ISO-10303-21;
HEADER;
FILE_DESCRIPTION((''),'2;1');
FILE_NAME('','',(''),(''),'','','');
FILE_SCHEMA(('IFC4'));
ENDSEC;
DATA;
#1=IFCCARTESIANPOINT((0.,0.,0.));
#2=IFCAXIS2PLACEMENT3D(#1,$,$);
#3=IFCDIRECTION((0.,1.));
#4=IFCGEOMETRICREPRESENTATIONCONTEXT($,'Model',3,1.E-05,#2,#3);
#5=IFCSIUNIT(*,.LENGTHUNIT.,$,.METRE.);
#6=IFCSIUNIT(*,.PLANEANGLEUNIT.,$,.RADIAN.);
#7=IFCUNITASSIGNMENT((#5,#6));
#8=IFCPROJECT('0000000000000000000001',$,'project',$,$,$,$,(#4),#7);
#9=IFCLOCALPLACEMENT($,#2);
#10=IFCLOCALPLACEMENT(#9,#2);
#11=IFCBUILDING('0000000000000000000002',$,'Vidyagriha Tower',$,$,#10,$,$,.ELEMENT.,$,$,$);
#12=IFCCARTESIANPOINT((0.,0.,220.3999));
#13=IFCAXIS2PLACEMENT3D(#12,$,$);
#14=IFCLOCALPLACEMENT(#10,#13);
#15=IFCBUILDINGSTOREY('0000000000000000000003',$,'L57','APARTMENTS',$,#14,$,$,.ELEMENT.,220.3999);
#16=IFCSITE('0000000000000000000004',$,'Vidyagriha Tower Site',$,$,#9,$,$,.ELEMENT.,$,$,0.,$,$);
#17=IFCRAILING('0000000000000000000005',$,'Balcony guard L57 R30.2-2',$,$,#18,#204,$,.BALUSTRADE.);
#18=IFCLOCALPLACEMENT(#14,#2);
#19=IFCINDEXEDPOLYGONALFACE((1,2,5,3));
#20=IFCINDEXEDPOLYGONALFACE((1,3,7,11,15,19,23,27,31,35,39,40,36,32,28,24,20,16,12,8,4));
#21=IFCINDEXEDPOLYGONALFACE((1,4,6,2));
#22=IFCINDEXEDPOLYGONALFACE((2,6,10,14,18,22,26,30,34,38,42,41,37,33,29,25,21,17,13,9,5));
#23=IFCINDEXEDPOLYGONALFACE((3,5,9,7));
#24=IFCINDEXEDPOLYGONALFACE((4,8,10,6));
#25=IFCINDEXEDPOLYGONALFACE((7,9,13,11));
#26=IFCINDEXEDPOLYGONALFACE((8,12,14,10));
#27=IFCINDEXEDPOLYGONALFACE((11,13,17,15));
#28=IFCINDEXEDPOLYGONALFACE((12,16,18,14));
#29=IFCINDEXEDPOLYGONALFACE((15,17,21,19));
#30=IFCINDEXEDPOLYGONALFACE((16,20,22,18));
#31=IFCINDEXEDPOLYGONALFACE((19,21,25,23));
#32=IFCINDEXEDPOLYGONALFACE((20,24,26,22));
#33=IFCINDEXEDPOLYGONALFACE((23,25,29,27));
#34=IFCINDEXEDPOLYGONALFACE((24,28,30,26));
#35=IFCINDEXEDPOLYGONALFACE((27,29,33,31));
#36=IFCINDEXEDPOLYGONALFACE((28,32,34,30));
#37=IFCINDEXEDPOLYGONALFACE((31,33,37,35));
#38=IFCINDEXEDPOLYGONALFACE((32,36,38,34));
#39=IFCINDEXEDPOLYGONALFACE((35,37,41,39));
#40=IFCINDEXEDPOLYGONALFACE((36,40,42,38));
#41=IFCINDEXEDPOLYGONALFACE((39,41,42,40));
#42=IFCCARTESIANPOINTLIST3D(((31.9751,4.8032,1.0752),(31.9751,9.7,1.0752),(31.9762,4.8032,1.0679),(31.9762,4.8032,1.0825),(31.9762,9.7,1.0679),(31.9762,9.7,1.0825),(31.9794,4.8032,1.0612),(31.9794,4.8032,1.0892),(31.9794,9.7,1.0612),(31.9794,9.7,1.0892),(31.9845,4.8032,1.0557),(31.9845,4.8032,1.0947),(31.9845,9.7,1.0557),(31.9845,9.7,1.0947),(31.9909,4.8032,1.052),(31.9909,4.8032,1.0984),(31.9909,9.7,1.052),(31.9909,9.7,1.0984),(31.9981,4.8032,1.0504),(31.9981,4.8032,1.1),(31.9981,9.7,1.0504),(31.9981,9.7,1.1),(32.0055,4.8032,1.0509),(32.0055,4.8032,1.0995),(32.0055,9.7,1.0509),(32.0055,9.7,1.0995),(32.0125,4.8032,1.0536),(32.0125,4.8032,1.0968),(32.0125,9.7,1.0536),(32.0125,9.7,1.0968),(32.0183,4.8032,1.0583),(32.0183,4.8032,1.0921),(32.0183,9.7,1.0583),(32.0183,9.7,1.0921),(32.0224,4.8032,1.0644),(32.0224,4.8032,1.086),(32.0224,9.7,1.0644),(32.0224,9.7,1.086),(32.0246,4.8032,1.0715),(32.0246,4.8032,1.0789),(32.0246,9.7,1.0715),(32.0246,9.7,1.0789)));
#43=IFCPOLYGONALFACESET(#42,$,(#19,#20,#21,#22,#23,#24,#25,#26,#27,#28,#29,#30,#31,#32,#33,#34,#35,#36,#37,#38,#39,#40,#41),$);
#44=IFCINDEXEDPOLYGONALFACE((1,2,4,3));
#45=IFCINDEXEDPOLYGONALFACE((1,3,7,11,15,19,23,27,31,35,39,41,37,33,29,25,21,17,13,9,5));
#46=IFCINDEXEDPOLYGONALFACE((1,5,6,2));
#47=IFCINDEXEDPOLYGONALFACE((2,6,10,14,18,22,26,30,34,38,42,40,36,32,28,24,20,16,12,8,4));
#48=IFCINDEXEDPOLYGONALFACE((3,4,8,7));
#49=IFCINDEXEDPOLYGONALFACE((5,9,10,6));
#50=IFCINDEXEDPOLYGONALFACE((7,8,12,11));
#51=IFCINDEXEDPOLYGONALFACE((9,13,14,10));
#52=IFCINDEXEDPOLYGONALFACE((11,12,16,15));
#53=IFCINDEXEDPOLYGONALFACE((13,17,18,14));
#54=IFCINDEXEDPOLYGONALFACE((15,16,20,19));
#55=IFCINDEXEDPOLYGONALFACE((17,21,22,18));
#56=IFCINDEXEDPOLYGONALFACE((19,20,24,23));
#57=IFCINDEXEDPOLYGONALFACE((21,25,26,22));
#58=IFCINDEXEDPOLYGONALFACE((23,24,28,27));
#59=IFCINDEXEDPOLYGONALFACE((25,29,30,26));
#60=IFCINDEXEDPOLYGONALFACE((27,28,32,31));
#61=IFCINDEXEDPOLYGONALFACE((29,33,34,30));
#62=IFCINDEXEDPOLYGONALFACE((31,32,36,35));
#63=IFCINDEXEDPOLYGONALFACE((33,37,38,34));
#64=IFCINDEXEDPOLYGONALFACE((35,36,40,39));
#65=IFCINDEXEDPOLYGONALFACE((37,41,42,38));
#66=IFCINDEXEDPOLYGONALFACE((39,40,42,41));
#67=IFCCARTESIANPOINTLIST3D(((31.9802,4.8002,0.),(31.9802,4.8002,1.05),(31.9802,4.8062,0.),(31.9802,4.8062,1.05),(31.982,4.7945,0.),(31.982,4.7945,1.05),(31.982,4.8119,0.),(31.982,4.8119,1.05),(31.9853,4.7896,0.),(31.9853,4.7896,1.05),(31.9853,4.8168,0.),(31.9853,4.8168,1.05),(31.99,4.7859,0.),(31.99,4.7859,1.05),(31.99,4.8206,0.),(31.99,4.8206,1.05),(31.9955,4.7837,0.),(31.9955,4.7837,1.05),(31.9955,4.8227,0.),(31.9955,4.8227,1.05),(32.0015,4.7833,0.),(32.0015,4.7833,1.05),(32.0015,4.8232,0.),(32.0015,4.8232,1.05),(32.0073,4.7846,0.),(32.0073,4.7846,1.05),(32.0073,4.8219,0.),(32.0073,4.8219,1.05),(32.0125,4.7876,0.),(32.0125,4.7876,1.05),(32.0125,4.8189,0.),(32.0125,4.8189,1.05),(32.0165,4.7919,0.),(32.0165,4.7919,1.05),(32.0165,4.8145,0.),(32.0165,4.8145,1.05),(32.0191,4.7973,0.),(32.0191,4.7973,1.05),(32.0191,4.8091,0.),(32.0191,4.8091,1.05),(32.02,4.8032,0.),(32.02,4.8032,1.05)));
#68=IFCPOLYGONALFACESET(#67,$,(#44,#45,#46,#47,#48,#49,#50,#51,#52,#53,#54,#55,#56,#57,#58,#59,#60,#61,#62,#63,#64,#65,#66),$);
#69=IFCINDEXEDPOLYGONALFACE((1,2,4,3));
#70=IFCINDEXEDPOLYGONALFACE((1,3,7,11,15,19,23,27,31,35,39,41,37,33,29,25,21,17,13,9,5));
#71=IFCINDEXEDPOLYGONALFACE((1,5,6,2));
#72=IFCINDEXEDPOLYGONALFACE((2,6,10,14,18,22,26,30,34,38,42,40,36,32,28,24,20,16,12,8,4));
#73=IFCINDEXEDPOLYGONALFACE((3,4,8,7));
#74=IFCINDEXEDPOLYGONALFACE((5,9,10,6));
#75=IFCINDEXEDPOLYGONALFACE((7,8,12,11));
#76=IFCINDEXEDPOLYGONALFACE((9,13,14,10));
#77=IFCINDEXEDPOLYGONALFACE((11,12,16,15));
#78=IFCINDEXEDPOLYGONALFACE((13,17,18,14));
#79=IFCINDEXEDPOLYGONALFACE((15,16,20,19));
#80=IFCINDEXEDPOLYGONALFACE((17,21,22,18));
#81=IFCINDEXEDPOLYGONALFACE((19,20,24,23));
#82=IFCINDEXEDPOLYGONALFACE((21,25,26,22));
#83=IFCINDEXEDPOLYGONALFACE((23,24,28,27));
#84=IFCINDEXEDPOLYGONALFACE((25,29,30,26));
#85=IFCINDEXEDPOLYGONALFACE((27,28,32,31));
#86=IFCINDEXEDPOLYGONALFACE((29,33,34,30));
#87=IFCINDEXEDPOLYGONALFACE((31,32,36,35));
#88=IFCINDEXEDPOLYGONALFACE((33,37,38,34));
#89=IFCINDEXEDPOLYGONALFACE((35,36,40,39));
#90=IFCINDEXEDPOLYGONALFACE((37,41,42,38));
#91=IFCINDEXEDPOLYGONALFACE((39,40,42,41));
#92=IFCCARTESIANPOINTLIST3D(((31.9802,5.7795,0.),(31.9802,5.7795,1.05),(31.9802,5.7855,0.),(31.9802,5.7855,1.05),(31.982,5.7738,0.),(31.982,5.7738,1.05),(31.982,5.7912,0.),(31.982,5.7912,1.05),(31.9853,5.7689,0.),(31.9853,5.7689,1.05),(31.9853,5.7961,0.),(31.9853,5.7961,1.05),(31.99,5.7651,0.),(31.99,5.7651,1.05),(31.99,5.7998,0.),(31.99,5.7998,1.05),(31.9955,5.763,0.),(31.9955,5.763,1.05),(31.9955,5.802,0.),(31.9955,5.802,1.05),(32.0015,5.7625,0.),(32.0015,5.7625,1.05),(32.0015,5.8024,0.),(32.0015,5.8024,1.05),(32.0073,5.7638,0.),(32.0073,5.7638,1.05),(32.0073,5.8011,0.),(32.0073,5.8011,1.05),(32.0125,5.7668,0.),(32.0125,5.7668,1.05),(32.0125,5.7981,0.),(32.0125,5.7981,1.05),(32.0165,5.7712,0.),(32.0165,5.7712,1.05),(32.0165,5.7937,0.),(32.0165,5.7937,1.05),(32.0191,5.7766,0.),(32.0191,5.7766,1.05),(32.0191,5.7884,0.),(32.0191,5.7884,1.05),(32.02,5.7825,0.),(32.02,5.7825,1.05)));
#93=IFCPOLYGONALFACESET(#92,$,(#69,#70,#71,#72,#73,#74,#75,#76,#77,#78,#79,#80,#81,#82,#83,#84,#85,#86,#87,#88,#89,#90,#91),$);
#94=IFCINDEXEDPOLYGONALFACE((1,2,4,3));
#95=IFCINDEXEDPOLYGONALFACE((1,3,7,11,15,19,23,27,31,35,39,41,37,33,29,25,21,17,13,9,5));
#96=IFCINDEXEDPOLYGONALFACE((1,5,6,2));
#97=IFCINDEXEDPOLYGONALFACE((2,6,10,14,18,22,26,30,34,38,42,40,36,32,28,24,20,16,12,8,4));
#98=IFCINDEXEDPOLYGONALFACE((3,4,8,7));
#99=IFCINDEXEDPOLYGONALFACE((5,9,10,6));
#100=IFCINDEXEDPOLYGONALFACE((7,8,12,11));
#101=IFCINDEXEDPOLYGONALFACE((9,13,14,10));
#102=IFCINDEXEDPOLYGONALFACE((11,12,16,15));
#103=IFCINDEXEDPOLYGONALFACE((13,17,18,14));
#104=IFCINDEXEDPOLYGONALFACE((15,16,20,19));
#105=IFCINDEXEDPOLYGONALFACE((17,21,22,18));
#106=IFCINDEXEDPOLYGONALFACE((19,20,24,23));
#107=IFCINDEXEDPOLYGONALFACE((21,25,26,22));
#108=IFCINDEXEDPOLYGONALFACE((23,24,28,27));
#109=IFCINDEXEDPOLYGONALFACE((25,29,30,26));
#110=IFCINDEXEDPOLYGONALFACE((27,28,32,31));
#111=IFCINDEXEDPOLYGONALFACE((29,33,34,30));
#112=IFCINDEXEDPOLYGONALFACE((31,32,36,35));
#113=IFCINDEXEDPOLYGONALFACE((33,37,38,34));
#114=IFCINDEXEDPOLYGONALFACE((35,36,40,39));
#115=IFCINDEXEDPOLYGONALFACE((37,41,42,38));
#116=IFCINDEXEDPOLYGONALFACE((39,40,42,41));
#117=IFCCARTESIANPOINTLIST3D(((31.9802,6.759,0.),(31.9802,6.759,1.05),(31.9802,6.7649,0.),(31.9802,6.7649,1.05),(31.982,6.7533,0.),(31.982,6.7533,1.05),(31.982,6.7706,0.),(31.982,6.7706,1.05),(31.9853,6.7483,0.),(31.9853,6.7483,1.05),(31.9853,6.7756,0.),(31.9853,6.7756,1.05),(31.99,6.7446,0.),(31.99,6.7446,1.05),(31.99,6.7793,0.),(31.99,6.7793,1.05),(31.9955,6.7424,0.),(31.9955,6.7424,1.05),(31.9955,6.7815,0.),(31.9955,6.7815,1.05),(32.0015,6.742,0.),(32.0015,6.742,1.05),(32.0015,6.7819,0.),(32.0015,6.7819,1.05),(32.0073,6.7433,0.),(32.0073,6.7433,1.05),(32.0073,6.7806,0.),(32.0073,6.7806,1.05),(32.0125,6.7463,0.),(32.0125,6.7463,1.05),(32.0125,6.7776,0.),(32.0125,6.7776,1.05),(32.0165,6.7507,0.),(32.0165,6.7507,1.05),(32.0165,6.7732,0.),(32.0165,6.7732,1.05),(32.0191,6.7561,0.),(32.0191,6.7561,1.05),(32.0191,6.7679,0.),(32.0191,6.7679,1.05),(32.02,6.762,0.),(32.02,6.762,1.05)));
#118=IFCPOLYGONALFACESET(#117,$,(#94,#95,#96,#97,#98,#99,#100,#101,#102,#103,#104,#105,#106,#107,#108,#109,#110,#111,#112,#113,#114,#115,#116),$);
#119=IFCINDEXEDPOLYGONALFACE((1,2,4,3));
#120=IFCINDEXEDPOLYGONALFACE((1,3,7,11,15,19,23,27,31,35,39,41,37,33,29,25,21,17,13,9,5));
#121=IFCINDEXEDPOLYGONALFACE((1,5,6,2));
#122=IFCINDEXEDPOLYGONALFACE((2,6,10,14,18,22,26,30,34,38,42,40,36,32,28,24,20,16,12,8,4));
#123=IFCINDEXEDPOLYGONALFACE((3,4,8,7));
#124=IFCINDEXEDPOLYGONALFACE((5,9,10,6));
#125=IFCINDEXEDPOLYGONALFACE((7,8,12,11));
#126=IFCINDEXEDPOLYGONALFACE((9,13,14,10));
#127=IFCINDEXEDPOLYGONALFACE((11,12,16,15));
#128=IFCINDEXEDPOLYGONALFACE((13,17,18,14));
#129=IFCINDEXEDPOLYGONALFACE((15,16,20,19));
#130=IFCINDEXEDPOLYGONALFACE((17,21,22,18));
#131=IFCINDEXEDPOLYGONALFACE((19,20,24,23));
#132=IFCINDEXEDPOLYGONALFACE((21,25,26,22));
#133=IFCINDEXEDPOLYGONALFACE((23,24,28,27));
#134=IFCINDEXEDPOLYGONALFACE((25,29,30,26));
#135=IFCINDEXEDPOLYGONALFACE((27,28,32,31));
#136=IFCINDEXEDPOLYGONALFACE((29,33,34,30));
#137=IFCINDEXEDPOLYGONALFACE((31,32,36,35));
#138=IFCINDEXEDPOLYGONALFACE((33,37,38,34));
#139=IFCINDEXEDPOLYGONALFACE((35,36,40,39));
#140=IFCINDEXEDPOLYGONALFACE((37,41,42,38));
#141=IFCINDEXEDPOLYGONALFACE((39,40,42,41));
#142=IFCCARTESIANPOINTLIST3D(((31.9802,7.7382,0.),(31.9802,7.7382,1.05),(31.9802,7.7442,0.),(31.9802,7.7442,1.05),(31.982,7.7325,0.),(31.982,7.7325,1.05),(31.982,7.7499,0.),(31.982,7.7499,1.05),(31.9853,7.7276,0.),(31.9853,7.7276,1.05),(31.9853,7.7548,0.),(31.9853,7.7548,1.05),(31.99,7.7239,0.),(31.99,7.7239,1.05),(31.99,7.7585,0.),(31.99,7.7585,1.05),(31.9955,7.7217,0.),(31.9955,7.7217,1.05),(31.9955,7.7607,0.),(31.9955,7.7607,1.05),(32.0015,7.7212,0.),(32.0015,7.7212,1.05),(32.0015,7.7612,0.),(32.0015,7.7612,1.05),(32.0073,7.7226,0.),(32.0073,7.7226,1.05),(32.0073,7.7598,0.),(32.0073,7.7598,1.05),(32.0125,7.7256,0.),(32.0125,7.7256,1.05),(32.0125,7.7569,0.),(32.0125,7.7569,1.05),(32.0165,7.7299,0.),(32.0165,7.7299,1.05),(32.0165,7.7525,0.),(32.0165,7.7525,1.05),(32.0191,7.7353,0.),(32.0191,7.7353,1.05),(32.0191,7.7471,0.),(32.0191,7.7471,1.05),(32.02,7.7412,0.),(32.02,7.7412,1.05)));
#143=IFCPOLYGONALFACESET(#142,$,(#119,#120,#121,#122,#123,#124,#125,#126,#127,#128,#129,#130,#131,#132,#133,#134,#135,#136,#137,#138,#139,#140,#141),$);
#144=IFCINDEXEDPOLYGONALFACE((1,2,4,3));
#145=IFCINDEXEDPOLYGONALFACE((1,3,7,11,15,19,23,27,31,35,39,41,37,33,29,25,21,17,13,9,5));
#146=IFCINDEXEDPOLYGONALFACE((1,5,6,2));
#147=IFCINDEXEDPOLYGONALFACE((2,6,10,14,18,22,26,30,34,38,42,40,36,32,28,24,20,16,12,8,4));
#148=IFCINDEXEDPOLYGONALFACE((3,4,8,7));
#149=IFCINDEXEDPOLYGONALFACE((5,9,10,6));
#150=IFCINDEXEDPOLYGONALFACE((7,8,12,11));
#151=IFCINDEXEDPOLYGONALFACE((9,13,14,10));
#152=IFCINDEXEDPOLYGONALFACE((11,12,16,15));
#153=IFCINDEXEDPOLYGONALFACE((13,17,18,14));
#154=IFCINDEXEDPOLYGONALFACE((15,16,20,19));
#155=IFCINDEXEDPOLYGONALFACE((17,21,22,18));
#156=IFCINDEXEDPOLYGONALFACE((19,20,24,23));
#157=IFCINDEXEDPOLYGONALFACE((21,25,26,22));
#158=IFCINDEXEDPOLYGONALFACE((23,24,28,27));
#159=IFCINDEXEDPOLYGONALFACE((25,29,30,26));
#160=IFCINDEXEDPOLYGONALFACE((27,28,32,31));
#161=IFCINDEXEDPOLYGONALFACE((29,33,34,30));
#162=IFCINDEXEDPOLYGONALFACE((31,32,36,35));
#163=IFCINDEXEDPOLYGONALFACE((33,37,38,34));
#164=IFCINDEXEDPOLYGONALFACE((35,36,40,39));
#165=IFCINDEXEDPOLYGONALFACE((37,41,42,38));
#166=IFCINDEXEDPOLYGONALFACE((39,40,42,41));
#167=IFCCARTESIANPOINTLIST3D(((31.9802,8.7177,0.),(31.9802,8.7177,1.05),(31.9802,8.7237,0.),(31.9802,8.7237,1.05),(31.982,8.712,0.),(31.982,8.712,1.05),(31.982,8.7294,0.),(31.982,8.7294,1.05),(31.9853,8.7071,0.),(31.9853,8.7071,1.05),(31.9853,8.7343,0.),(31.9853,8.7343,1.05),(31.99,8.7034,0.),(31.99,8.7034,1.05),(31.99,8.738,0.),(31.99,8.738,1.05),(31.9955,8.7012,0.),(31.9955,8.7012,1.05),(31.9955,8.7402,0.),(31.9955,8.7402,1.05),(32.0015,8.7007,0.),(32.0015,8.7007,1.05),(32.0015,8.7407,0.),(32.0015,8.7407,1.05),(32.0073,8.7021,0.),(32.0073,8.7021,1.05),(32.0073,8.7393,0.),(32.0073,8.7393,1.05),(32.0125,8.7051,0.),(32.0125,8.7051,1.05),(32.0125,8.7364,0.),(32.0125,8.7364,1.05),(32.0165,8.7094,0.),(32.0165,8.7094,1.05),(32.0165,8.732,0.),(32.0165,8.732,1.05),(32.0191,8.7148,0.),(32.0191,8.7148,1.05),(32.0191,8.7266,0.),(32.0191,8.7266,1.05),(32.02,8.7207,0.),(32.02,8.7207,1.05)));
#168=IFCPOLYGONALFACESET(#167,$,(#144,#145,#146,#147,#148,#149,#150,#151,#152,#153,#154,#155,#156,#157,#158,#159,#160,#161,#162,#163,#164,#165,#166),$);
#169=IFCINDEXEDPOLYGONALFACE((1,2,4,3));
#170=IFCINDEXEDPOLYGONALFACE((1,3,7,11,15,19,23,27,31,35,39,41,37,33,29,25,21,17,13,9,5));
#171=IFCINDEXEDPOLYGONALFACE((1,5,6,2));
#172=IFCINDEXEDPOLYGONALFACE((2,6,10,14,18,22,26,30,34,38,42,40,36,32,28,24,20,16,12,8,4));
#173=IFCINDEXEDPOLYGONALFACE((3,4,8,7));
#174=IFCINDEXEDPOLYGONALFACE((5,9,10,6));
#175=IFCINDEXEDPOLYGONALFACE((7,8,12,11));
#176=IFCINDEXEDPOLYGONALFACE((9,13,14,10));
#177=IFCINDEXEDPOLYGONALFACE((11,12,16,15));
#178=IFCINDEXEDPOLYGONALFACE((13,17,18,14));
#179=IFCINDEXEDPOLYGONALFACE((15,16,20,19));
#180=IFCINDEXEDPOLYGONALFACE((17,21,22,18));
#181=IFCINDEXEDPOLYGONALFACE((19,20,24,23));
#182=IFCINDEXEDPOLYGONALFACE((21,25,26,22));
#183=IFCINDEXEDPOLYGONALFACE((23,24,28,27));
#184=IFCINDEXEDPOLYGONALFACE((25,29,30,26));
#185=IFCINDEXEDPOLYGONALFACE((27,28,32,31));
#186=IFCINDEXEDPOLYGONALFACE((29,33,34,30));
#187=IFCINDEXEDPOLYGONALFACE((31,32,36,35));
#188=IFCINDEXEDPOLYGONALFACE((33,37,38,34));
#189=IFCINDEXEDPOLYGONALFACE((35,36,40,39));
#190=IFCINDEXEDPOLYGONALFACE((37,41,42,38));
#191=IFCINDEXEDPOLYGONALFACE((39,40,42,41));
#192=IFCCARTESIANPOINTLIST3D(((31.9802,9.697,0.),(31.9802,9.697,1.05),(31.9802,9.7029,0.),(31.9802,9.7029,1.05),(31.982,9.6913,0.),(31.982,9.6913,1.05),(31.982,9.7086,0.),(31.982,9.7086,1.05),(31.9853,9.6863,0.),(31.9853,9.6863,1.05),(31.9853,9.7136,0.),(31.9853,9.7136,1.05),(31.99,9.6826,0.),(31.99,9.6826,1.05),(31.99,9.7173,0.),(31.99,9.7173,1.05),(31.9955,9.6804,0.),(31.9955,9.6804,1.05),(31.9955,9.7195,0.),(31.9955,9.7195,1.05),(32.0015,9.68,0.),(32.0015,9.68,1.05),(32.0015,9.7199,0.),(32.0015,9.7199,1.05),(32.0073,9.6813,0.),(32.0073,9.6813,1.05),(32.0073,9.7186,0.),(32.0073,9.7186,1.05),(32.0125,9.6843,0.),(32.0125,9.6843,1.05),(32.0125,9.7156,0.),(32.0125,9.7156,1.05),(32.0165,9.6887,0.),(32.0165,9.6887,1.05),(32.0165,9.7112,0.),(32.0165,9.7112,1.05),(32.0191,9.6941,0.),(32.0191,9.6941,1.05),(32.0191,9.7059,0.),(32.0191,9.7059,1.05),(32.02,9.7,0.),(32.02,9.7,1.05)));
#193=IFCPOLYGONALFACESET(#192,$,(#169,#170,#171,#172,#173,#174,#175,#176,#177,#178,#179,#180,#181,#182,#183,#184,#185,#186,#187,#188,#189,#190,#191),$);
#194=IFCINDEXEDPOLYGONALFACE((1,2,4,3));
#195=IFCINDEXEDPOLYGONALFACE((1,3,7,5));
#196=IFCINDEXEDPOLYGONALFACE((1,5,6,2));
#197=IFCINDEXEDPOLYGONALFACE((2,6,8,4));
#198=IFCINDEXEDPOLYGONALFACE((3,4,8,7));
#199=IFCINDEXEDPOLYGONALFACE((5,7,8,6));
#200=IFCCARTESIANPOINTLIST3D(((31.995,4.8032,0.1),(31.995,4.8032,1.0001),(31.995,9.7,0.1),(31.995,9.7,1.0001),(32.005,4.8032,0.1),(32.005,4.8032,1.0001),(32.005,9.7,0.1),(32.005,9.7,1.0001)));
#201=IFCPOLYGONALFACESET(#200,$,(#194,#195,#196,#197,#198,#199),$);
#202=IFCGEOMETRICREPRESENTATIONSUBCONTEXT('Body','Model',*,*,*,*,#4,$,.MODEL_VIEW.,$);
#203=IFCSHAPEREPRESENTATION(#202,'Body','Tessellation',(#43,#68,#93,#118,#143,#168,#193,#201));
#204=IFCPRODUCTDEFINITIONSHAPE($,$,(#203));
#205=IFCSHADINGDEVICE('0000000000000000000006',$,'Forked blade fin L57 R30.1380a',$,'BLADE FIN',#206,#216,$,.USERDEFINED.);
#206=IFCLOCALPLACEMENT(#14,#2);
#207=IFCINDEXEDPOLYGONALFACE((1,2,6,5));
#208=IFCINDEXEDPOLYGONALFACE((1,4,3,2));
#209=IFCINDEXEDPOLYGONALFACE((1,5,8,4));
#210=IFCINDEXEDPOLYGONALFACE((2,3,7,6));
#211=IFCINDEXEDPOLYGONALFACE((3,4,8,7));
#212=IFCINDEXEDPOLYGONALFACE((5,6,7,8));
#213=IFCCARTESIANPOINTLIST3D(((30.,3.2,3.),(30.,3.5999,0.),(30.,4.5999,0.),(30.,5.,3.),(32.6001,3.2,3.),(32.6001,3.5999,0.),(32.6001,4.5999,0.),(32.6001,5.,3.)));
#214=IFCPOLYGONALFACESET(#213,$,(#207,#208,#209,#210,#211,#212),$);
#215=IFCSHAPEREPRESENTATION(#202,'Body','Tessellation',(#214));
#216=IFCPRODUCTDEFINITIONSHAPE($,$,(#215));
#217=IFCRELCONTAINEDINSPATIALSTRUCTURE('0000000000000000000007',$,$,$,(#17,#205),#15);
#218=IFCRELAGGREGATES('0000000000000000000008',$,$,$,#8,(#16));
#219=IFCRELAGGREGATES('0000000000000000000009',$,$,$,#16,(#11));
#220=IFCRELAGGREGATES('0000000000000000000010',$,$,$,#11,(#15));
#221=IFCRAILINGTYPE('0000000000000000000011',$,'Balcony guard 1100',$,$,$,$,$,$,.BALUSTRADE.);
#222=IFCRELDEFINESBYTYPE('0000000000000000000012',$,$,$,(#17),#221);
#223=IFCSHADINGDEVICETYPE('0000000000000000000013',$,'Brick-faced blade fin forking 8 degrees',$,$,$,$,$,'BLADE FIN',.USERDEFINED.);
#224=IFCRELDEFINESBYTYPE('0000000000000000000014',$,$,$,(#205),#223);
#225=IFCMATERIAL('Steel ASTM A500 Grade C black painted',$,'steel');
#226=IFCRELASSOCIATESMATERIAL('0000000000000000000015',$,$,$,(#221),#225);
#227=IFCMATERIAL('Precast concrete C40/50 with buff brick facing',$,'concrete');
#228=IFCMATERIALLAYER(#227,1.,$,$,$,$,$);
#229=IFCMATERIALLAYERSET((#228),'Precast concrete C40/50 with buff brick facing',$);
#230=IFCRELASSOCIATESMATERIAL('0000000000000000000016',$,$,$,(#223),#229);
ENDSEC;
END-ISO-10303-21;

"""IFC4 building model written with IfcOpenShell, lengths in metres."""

from ifc_helpers import new_model, si_unit, direction, frame, origin, origin_2d, place, context, subcontext, project, spatial, polyline, rectangle, circle, outline, extrude, material, layer, layer_set, type_object, element, save


model = new_model("IFC4")

# Units and contexts
model_context = context("Model", 3, precision=1e-05, world=origin(), true_north=direction((0.0, 1.0)))
body_context = subcontext(model_context, "Body", "Model", "MODEL_VIEW")
ifc_project = project(units=[si_unit("LENGTHUNIT", "METRE"), si_unit("PLANEANGLEUNIT", "RADIAN")], contexts=[model_context])

# Site, building, storey
site_placement = place(None, origin())
site = spatial("IfcSite", under=ifc_project, at=site_placement, Name="Vidyagriha Tower Site", CompositionType="ELEMENT", RefElevation=0.0)
building_placement = place(site_placement, origin())
building = spatial("IfcBuilding", under=site, at=building_placement, Name="Vidyagriha Tower", CompositionType="ELEMENT")
storey_placement = place(building_placement, frame((0.0, 0.0, 220.3999)))
storey = spatial("IfcBuildingStorey", under=building, at=storey_placement, Name="L57", Description="APARTMENTS", CompositionType="ELEMENT", Elevation=220.3999)

# Railing
ifc_material_1 = material(Name="Steel ASTM A500 Grade C black painted", Category="steel")
railing_type_1 = type_object("IfcRailingType", Name="Balcony guard 1100", PredefinedType="BALUSTRADE", material=ifc_material_1)
railing_1_placement = place(storey_placement, frame((32.0, 4.8032, 0.0)))
element("IfcRailing", 1, at=railing_1_placement, inside=storey, type_object=railing_type_1, Name="Balcony guard L57 R30.2-2", PredefinedType="BALUSTRADE", context=body_context, shape_type="SweptSolid", body=[
    extrude(circle(Radius=0.0249, at=origin_2d()), frame((0.0, 0.0, 1.0752), z_axis=(0.0, 1.0, 0.0), x_axis=(-1.0, 0.0, 0.0)), (0.0, 0.0, 1.0), 4.8967),
    extrude(circle(Radius=0.02, at=origin_2d()), origin(), (0.0, 0.0, 1.0), 1.05),
    extrude(circle(Radius=0.02, at=origin_2d()), frame((0.0, 0.9792, 0.0)), (0.0, 0.0, 1.0), 1.05),
    extrude(circle(Radius=0.02, at=origin_2d()), frame((0.0, 1.9587, 0.0)), (0.0, 0.0, 1.0), 1.05),
    extrude(circle(Radius=0.02, at=origin_2d()), frame((0.0, 2.938, 0.0)), (0.0, 0.0, 1.0), 1.05),
    extrude(circle(Radius=0.02, at=origin_2d()), frame((0.0, 3.9175, 0.0)), (0.0, 0.0, 1.0), 1.05),
    extrude(circle(Radius=0.02, at=origin_2d()), frame((0.0, 4.8967, 0.0)), (0.0, 0.0, 1.0), 1.05),
    extrude(rectangle(XDim=0.01, YDim=0.9001, at=origin_2d()), frame((0.0, 0.0, 0.55), z_axis=(0.0, 1.0, 0.0), x_axis=(-1.0, 0.0, 0.0)), (0.0, 0.0, 1.0), 4.8967),
])

# Shading device
ifc_material_2 = material(Name="Precast concrete C40/50 with buff brick facing", Category="concrete")
ifc_layer_1 = layer(ifc_material_2, 1.0)
ifc_layer_set_1 = layer_set([ifc_layer_1], Name="Precast concrete C40/50 with buff brick facing")
shading_device_type_1 = type_object("IfcShadingDeviceType", Name="Brick-faced blade fin forking 8 degrees", ElementType="BLADE FIN", PredefinedType="USERDEFINED", material=ifc_layer_set_1)
shading_device_1_placement = place(storey_placement, frame((31.3, 3.2, 0.0), z_axis=(0.0, 0.0, 1.0), x_axis=(0.0, 1.0, 0.0)))
element("IfcShadingDevice", 2, at=shading_device_1_placement, inside=storey, type_object=shading_device_type_1, Name="Forked blade fin L57 R30.1380a", ObjectType="BLADE FIN", PredefinedType="USERDEFINED", context=body_context, shape_type="SweptSolid", body=[
    extrude(outline(polyline([(0.3999, 0.0), (1.3999, 0.0), (1.8, 3.0), (0.0, 3.0), (0.3999, 0.0)])), frame((0.0, 1.3, 0.0), z_axis=(0.0, -1.0, 0.0), x_axis=(1.0, 0.0, 0.0)), (0.0, 0.0, 1.0), 2.6001),
])

save(model, "model.ifc")
